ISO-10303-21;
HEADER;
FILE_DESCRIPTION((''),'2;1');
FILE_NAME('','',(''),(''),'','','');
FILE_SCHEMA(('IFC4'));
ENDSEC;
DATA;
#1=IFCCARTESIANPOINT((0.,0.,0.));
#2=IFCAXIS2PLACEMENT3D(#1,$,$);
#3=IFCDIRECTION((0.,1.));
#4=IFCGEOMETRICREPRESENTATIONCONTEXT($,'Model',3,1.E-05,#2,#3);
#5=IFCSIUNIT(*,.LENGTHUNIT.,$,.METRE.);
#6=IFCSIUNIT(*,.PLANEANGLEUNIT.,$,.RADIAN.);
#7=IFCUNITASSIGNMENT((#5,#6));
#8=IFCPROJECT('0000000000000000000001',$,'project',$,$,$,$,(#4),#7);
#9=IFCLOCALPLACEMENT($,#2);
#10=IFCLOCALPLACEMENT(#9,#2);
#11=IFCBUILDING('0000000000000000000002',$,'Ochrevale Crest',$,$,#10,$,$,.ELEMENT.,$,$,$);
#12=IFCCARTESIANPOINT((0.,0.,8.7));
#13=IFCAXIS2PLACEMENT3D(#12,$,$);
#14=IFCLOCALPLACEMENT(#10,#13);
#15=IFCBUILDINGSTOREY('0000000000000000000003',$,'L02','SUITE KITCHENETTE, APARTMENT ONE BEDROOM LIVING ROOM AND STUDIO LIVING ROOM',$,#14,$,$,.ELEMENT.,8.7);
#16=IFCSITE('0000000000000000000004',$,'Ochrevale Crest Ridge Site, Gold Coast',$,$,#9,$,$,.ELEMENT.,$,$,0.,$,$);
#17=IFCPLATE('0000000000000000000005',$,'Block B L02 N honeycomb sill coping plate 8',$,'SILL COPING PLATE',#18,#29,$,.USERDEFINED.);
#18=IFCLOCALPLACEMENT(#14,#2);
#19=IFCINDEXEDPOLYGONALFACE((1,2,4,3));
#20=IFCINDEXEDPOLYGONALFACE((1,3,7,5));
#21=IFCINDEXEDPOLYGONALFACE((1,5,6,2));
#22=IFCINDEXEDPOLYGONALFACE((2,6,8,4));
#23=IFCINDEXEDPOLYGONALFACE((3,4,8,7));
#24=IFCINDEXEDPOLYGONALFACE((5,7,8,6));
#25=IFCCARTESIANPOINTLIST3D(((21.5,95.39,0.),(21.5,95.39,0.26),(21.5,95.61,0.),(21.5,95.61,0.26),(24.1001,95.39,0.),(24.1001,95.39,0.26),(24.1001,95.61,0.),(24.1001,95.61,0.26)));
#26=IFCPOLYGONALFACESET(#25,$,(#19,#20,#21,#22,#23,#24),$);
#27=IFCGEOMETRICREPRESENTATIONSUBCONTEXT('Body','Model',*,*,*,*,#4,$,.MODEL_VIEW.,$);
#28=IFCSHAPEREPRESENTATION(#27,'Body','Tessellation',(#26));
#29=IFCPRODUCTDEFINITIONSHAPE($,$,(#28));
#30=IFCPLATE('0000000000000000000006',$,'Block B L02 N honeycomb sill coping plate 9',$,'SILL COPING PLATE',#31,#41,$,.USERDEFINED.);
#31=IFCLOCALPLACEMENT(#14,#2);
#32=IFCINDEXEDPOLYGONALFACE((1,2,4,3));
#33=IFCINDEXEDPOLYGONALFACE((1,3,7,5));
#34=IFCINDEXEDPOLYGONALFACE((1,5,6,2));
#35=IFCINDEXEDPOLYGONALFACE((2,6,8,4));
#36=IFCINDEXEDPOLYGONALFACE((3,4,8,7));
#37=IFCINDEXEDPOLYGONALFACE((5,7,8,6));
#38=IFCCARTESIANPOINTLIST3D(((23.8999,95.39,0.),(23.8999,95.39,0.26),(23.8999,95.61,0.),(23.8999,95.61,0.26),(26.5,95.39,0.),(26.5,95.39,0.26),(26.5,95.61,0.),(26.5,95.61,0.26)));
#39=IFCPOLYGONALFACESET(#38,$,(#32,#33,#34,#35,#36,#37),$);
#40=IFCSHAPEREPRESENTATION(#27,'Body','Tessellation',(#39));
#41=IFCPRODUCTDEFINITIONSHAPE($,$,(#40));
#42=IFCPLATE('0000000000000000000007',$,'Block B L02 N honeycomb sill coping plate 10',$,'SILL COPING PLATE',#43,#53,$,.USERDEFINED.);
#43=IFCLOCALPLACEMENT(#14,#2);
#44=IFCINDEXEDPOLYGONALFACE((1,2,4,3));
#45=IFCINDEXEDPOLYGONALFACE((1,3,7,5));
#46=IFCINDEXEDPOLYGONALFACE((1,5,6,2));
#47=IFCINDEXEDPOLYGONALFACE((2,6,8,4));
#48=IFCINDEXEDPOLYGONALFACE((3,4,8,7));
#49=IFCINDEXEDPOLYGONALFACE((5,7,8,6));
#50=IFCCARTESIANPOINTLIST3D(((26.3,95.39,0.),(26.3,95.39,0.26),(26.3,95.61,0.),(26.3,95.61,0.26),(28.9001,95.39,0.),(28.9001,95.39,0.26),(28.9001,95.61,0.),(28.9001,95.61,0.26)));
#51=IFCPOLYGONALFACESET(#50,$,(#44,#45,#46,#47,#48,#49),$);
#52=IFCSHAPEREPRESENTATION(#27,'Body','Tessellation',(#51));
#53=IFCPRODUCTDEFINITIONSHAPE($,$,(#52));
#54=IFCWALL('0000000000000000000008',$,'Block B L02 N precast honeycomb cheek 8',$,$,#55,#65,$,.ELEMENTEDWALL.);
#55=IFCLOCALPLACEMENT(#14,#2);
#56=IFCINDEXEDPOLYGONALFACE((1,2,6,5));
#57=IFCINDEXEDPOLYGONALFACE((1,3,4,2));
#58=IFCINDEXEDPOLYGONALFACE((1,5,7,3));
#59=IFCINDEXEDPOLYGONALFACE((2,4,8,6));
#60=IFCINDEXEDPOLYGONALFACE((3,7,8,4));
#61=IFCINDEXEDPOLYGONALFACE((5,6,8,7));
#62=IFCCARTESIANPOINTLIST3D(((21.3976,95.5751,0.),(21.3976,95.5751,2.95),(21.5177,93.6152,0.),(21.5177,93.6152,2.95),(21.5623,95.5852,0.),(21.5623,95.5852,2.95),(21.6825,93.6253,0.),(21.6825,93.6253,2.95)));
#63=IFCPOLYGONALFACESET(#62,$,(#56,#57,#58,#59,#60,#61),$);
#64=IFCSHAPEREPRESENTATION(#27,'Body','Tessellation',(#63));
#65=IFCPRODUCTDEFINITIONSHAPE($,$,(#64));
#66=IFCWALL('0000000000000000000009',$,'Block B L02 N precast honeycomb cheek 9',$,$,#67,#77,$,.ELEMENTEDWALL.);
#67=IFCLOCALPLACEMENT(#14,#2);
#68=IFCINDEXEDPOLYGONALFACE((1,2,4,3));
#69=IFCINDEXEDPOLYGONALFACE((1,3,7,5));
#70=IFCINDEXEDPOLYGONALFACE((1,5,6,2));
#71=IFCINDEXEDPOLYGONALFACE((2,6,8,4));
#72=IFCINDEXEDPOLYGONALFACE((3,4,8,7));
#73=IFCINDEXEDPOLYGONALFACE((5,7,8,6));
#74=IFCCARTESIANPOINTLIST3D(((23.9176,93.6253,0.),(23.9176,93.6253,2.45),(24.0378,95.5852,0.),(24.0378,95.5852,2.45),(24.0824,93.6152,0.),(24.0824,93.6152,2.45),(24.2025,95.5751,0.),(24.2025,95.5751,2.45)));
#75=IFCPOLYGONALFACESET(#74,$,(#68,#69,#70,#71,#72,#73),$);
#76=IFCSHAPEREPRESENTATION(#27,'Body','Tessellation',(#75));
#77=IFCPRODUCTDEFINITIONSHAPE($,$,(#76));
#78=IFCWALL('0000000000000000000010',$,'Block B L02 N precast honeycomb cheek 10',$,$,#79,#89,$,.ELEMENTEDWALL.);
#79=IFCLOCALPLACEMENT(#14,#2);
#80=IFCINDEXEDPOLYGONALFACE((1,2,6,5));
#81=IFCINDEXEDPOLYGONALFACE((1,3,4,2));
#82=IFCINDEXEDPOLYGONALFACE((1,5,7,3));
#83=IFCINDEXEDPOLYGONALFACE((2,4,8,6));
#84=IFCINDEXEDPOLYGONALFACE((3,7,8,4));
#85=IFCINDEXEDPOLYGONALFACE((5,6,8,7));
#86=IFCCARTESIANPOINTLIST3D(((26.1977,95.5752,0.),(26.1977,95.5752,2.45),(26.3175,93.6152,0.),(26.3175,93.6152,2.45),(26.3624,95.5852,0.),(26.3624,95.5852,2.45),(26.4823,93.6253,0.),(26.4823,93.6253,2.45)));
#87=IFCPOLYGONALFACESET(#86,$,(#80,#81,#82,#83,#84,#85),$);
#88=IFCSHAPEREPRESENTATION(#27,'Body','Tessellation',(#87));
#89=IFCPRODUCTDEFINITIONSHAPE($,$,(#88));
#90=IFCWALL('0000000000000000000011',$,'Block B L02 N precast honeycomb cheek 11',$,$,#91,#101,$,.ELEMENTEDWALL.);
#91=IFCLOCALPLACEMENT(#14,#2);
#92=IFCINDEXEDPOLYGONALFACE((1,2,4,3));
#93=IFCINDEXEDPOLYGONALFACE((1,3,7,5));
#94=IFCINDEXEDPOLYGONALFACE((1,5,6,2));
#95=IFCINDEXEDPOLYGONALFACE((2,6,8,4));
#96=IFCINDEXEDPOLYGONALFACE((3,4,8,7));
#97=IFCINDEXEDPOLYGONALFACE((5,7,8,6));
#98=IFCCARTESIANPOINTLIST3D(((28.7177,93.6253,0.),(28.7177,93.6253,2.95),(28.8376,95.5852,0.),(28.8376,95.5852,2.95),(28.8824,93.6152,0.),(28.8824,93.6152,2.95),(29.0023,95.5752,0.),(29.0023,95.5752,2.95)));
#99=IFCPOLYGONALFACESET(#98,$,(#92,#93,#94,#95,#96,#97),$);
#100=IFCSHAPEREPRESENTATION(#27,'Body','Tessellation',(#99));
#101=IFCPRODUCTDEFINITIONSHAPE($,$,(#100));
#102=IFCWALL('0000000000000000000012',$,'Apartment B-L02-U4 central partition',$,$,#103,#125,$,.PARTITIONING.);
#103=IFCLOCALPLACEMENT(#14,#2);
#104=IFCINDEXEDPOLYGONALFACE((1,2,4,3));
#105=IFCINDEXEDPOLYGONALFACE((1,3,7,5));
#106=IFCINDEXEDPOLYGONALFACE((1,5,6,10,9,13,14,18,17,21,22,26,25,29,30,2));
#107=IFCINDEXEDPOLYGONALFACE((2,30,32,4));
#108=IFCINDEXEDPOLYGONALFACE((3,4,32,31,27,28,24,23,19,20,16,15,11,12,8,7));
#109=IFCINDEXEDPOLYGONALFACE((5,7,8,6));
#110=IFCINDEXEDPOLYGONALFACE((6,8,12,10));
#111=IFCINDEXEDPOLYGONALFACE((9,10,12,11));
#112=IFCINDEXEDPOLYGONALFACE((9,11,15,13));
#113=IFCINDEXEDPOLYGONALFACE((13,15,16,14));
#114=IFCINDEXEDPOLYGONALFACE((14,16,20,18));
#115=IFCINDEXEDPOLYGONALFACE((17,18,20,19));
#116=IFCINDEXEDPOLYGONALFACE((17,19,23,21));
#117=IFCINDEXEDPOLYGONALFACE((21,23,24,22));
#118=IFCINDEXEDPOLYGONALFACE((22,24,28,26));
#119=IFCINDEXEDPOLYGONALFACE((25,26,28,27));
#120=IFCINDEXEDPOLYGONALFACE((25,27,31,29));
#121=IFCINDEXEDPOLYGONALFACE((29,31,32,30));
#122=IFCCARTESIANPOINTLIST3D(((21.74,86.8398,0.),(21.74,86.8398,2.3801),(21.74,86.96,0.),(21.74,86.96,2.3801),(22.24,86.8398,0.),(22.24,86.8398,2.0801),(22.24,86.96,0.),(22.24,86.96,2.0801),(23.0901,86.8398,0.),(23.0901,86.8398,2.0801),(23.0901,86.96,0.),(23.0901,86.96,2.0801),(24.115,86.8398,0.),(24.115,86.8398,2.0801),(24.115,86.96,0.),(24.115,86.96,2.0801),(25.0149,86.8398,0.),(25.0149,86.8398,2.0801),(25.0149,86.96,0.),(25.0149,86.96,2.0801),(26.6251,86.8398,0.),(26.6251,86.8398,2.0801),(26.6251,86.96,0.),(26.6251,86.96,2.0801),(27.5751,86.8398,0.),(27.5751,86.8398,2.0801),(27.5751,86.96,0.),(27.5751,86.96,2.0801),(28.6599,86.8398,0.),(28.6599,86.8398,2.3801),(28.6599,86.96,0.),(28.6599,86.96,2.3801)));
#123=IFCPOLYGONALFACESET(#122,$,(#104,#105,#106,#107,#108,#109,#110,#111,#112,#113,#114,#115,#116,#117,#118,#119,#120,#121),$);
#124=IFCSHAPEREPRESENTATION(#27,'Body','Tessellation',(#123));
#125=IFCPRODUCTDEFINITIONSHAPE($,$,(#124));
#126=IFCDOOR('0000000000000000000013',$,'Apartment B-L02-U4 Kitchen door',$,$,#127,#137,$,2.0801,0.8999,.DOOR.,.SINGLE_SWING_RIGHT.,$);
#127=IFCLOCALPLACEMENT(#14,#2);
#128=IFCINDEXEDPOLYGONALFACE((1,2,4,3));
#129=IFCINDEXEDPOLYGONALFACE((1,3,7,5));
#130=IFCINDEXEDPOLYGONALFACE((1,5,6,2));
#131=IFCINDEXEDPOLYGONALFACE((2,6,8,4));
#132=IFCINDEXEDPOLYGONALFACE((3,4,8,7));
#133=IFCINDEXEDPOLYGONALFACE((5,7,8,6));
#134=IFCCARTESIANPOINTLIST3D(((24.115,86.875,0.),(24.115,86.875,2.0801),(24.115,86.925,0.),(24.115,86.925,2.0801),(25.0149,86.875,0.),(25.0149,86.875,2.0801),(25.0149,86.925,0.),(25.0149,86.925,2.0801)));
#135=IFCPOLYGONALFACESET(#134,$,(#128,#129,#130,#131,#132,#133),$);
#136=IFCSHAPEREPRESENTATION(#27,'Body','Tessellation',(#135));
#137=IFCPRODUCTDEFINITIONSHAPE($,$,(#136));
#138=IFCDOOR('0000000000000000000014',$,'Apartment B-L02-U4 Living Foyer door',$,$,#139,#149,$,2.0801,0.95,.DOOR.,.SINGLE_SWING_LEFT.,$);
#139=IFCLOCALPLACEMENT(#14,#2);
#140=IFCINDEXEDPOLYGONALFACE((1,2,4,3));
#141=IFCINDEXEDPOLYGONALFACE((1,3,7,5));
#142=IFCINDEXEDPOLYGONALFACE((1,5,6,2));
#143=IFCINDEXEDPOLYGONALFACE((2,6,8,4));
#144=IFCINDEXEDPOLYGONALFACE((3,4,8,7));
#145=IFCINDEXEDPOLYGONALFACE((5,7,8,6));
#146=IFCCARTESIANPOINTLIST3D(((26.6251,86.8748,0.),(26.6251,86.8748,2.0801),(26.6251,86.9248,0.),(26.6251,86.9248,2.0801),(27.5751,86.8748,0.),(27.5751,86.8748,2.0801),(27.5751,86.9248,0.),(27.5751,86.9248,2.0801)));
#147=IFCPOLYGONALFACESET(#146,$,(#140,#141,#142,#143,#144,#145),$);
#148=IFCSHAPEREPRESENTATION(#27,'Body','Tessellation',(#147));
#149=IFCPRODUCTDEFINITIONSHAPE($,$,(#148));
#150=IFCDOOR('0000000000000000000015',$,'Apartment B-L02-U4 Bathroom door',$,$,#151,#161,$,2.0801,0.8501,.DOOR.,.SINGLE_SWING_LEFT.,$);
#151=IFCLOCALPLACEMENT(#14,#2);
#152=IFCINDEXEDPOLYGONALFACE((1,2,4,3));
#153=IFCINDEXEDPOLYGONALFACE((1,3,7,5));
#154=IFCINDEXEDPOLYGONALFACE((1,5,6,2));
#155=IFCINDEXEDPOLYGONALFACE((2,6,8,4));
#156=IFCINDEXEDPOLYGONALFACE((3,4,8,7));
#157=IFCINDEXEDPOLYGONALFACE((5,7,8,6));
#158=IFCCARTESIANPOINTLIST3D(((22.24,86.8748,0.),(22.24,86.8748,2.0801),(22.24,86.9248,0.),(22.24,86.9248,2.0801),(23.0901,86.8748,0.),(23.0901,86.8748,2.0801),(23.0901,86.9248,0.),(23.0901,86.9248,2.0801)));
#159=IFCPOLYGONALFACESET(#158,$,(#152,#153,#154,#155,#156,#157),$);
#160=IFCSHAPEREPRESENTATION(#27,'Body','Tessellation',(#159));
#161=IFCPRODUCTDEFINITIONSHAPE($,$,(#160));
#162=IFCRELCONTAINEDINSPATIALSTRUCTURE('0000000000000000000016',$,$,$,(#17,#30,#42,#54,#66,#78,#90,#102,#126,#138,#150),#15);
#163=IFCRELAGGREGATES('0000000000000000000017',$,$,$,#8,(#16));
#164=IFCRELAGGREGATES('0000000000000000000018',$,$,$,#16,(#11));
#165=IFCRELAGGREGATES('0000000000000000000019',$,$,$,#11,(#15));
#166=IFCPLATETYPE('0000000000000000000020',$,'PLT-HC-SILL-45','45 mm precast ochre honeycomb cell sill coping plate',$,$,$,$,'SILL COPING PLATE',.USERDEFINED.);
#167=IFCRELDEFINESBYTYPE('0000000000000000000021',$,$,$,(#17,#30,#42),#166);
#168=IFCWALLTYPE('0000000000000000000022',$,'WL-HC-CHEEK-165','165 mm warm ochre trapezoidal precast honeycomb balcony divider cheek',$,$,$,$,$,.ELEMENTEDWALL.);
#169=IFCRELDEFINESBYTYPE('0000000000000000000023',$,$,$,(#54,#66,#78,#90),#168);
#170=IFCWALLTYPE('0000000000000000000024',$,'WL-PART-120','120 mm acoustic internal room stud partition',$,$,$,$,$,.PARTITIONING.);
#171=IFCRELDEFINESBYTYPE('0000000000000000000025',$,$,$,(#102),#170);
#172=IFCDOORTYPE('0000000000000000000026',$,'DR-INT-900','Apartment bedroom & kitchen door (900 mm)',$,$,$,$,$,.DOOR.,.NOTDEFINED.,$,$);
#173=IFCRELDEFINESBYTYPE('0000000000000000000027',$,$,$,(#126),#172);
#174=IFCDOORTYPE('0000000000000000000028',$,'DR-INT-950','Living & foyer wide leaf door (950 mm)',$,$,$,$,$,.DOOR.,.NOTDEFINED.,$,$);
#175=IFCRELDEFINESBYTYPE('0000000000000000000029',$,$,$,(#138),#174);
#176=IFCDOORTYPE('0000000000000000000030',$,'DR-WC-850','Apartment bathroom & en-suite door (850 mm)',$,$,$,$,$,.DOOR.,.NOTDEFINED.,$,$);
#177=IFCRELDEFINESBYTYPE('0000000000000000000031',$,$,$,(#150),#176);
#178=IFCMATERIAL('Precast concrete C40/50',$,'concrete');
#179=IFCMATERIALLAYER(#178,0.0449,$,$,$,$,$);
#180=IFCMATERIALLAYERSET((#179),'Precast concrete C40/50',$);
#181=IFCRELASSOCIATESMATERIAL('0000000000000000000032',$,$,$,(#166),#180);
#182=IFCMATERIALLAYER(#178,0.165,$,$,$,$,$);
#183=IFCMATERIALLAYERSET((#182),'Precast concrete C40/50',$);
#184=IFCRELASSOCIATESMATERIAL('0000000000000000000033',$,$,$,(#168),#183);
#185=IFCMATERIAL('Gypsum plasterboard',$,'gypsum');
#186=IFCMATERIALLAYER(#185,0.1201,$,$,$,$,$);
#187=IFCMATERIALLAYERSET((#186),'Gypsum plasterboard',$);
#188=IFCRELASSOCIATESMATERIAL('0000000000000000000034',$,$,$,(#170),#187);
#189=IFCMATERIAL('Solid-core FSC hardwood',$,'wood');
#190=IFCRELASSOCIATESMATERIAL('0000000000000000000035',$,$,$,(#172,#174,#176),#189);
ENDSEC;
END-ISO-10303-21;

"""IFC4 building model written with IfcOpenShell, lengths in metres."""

from ifc_helpers import new_model, si_unit, direction, frame, frame_2d, origin, origin_2d, place, context, subcontext, project, spatial, rectangle, extrude, material, layer, layer_set, type_object, element, fill, save


model = new_model("IFC4")

# Units and contexts
model_context = context("Model", 3, precision=1e-05, world=origin(), true_north=direction((0.0, 1.0)))
body_context = subcontext(model_context, "Body", "Model", "MODEL_VIEW")
ifc_project = project(units=[si_unit("LENGTHUNIT", "METRE"), si_unit("PLANEANGLEUNIT", "RADIAN")], contexts=[model_context])

# Site, building, storey
site_placement = place(None, origin())
site = spatial("IfcSite", under=ifc_project, at=site_placement, Name="Ochrevale Crest Ridge Site, Gold Coast", CompositionType="ELEMENT", RefElevation=0.0)
building_placement = place(site_placement, origin())
building = spatial("IfcBuilding", under=site, at=building_placement, Name="Ochrevale Crest", CompositionType="ELEMENT")
storey_placement = place(building_placement, frame((0.0, 0.0, 8.7)))
storey = spatial("IfcBuildingStorey", under=building, at=storey_placement, Name="L02", Description="SUITE KITCHENETTE, APARTMENT ONE BEDROOM LIVING ROOM AND STUDIO LIVING ROOM", CompositionType="ELEMENT", Elevation=8.7)

# Shared definitions
ifc_material_1 = material(Name="Precast concrete C40/50", Category="concrete")

# Plates
ifc_layer_1 = layer(ifc_material_1, 0.0449)
ifc_layer_set_1 = layer_set([ifc_layer_1], Name="Precast concrete C40/50")
plate_type_1 = type_object("IfcPlateType", Name="PLT-HC-SILL-45", Description="45 mm precast ochre honeycomb cell sill coping plate", ElementType="SILL COPING PLATE", PredefinedType="USERDEFINED", material=ifc_layer_set_1)
for number, where, z_axis, x_axis, name in (
    (1, (22.8, 95.5, 0.0), (0.0, 0.0, 1.0), (1.0, 0.0, 0.0), "Block B L02 N honeycomb sill coping plate 8"),
    (2, (25.2, 95.5, 0.0), (0.0, 0.0, 1.0), (1.0, 0.0, 0.0), "Block B L02 N honeycomb sill coping plate 9"),
    (3, (27.6001, 95.5, 0.0), (0.0, 0.0, 1.0), (1.0, 0.0, 0.0), "Block B L02 N honeycomb sill coping plate 10"),
):
    element("IfcPlate", number, at=place(storey_placement, frame(where, z_axis=z_axis, x_axis=x_axis)), inside=storey, type_object=plate_type_1, Name=name, ObjectType="SILL COPING PLATE", PredefinedType="USERDEFINED", context=body_context, shape_type="SweptSolid", body=[
        extrude(rectangle(XDim=2.6001, YDim=0.22, at=origin_2d()), origin(), (0.0, 0.0, 1.0), 0.26),
    ])

# Walls
ifc_layer_2 = layer(ifc_material_1, 0.165)
ifc_layer_set_2 = layer_set([ifc_layer_2], Name="Precast concrete C40/50")
wall_type_1 = type_object("IfcWallType", Name="WL-HC-CHEEK-165", Description="165 mm warm ochre trapezoidal precast honeycomb balcony divider cheek", PredefinedType="ELEMENTEDWALL", material=ifc_layer_set_2)
wall_1_placement = place(storey_placement, frame((21.6001, 93.6201, 0.0), z_axis=(0.0, 0.0, 1.0), x_axis=(-0.061171, 0.998127, 0.0)))
element("IfcWall", 4, at=wall_1_placement, inside=storey, type_object=wall_type_1, Name="Block B L02 N precast honeycomb cheek 8", PredefinedType="ELEMENTEDWALL", context=body_context, shape_type="SweptSolid", body=[
    extrude(rectangle(XDim=1.9636, YDim=0.165, at=frame_2d((0.9819, 0.0))), origin(), (0.0, 0.0, 1.0), 2.95),
])
for number, where, z_axis, x_axis, name in (
    (5, (24.0, 93.6201, 0.0), (0.0, 0.0, 1.0), (0.061171, 0.998127, 0.0), "Block B L02 N precast honeycomb cheek 9"),
    (6, (26.3999, 93.6201, 0.0), (0.0, 0.0, 1.0), (-0.061047, 0.998135, 0.0), "Block B L02 N precast honeycomb cheek 10"),
):
    element("IfcWall", number, at=place(storey_placement, frame(where, z_axis=z_axis, x_axis=x_axis)), inside=storey, type_object=wall_type_1, Name=name, PredefinedType="ELEMENTEDWALL", context=body_context, shape_type="SweptSolid", body=[
        extrude(rectangle(XDim=1.9636, YDim=0.165, at=frame_2d((0.9819, 0.0))), origin(), (0.0, 0.0, 1.0), 2.45),
    ])
wall_2_placement = place(storey_placement, frame((28.8, 93.6201, 0.0), z_axis=(0.0, 0.0, 1.0), x_axis=(0.061047, 0.998135, 0.0)))
element("IfcWall", 7, at=wall_2_placement, inside=storey, type_object=wall_type_1, Name="Block B L02 N precast honeycomb cheek 11", PredefinedType="ELEMENTEDWALL", context=body_context, shape_type="SweptSolid", body=[
    extrude(rectangle(XDim=1.9636, YDim=0.165, at=frame_2d((0.9819, 0.0))), origin(), (0.0, 0.0, 1.0), 2.95),
])

# Wall, openings, doors
ifc_material_2 = material(Name="Gypsum plasterboard", Category="gypsum")
ifc_layer_3 = layer(ifc_material_2, 0.1201)
ifc_layer_set_3 = layer_set([ifc_layer_3], Name="Gypsum plasterboard")
wall_type_2 = type_object("IfcWallType", Name="WL-PART-120", Description="120 mm acoustic internal room stud partition", PredefinedType="PARTITIONING", material=ifc_layer_set_3)
wall_3_placement = place(storey_placement, frame((21.74, 86.8999, 0.0), z_axis=(0.0, 0.0, 1.0), x_axis=(1.0, 0.0, 0.0)))
wall_3 = element("IfcWall", 8, at=wall_3_placement, inside=storey, type_object=wall_type_2, Name="Apartment B-L02-U4 central partition", PredefinedType="PARTITIONING", context=body_context, shape_type="SweptSolid", body=[
    extrude(rectangle(XDim=6.9199, YDim=0.1201, at=frame_2d((3.46, 0.0))), origin(), (0.0, 0.0, 1.0), 2.3801),
])
opening_1_placement = place(wall_3_placement, frame((0.5, 0.0, 0.0)))
opening_1 = element("IfcOpeningElement", 9, at=opening_1_placement, cuts=wall_3, PredefinedType="OPENING", context=body_context, shape_type="SweptSolid", body=[
    extrude(rectangle(XDim=0.8501, YDim=2.0801, at=frame_2d((0.425, 1.04))), frame((0.0, 0.0701, 0.0), z_axis=(0.0, -1.0, 0.0), x_axis=(1.0, 0.0, 0.0)), (0.0, 0.0, 1.0), 0.1401),
])
opening_2_placement = place(wall_3_placement, frame((3.2749, 0.0, 0.0), z_axis=(0.0, 0.0, 1.0), x_axis=(-1.0, 0.0, 0.0)))
opening_2 = element("IfcOpeningElement", 10, at=opening_2_placement, cuts=wall_3, PredefinedType="OPENING", context=body_context, shape_type="SweptSolid", body=[
    extrude(rectangle(XDim=0.8999, YDim=2.0801, at=frame_2d((0.45, 1.04))), frame((0.0, 0.0701, 0.0), z_axis=(0.0, -1.0, 0.0), x_axis=(1.0, 0.0, 0.0)), (0.0, 0.0, 1.0), 0.1401),
])
opening_3_placement = place(wall_3_placement, frame((4.885, 0.0, 0.0)))
opening_3 = element("IfcOpeningElement", 11, at=opening_3_placement, cuts=wall_3, PredefinedType="OPENING", context=body_context, shape_type="SweptSolid", body=[
    extrude(rectangle(XDim=0.95, YDim=2.0801, at=frame_2d((0.4751, 1.04))), frame((0.0, 0.0701, 0.0), z_axis=(0.0, -1.0, 0.0), x_axis=(1.0, 0.0, 0.0)), (0.0, 0.0, 1.0), 0.1401),
])
ifc_material_3 = material(Name="Solid-core FSC hardwood", Category="wood")
door_type_1 = type_object("IfcDoorType", Name="DR-INT-900", Description="Apartment bedroom & kitchen door (900 mm)", OperationType="NOTDEFINED", PredefinedType="DOOR", material=ifc_material_3)
door_1_placement = place(opening_2_placement, origin())
door_1 = element("IfcDoor", 12, at=door_1_placement, inside=storey, type_object=door_type_1, Name="Apartment B-L02-U4 Kitchen door", OperationType="SINGLE_SWING_RIGHT", OverallHeight=2.0801, OverallWidth=0.8999, PredefinedType="DOOR", context=body_context, shape_type="SweptSolid", body=[
    extrude(rectangle(XDim=0.8999, YDim=2.0801, at=frame_2d((0.45, 1.04))), frame((0.0, 0.0249, 0.0), z_axis=(0.0, -1.0, 0.0), x_axis=(1.0, 0.0, 0.0)), (0.0, 0.0, 1.0), 0.05),
])
fill(opening_2, door_1)
door_type_2 = type_object("IfcDoorType", Name="DR-INT-950", Description="Living & foyer wide leaf door (950 mm)", OperationType="NOTDEFINED", PredefinedType="DOOR", material=ifc_material_3)
door_2_placement = place(opening_3_placement, origin())
door_2 = element("IfcDoor", 13, at=door_2_placement, inside=storey, type_object=door_type_2, Name="Apartment B-L02-U4 Living Foyer door", OperationType="SINGLE_SWING_LEFT", OverallHeight=2.0801, OverallWidth=0.95, PredefinedType="DOOR", context=body_context, shape_type="SweptSolid", body=[
    extrude(rectangle(XDim=0.95, YDim=2.0801, at=frame_2d((0.4751, 1.04))), frame((0.0, 0.0249, 0.0), z_axis=(0.0, -1.0, 0.0), x_axis=(1.0, 0.0, 0.0)), (0.0, 0.0, 1.0), 0.05),
])
fill(opening_3, door_2)
door_type_3 = type_object("IfcDoorType", Name="DR-WC-850", Description="Apartment bathroom & en-suite door (850 mm)", OperationType="NOTDEFINED", PredefinedType="DOOR", material=ifc_material_3)
door_3_placement = place(opening_1_placement, origin())
door_3 = element("IfcDoor", 14, at=door_3_placement, inside=storey, type_object=door_type_3, Name="Apartment B-L02-U4 Bathroom door", OperationType="SINGLE_SWING_LEFT", OverallHeight=2.0801, OverallWidth=0.8501, PredefinedType="DOOR", context=body_context, shape_type="SweptSolid", body=[
    extrude(rectangle(XDim=0.8501, YDim=2.0801, at=frame_2d((0.425, 1.04))), frame((0.0, 0.0249, 0.0), z_axis=(0.0, -1.0, 0.0), x_axis=(1.0, 0.0, 0.0)), (0.0, 0.0, 1.0), 0.05),
])
fill(opening_1, door_3)

save(model, "model.ifc")
